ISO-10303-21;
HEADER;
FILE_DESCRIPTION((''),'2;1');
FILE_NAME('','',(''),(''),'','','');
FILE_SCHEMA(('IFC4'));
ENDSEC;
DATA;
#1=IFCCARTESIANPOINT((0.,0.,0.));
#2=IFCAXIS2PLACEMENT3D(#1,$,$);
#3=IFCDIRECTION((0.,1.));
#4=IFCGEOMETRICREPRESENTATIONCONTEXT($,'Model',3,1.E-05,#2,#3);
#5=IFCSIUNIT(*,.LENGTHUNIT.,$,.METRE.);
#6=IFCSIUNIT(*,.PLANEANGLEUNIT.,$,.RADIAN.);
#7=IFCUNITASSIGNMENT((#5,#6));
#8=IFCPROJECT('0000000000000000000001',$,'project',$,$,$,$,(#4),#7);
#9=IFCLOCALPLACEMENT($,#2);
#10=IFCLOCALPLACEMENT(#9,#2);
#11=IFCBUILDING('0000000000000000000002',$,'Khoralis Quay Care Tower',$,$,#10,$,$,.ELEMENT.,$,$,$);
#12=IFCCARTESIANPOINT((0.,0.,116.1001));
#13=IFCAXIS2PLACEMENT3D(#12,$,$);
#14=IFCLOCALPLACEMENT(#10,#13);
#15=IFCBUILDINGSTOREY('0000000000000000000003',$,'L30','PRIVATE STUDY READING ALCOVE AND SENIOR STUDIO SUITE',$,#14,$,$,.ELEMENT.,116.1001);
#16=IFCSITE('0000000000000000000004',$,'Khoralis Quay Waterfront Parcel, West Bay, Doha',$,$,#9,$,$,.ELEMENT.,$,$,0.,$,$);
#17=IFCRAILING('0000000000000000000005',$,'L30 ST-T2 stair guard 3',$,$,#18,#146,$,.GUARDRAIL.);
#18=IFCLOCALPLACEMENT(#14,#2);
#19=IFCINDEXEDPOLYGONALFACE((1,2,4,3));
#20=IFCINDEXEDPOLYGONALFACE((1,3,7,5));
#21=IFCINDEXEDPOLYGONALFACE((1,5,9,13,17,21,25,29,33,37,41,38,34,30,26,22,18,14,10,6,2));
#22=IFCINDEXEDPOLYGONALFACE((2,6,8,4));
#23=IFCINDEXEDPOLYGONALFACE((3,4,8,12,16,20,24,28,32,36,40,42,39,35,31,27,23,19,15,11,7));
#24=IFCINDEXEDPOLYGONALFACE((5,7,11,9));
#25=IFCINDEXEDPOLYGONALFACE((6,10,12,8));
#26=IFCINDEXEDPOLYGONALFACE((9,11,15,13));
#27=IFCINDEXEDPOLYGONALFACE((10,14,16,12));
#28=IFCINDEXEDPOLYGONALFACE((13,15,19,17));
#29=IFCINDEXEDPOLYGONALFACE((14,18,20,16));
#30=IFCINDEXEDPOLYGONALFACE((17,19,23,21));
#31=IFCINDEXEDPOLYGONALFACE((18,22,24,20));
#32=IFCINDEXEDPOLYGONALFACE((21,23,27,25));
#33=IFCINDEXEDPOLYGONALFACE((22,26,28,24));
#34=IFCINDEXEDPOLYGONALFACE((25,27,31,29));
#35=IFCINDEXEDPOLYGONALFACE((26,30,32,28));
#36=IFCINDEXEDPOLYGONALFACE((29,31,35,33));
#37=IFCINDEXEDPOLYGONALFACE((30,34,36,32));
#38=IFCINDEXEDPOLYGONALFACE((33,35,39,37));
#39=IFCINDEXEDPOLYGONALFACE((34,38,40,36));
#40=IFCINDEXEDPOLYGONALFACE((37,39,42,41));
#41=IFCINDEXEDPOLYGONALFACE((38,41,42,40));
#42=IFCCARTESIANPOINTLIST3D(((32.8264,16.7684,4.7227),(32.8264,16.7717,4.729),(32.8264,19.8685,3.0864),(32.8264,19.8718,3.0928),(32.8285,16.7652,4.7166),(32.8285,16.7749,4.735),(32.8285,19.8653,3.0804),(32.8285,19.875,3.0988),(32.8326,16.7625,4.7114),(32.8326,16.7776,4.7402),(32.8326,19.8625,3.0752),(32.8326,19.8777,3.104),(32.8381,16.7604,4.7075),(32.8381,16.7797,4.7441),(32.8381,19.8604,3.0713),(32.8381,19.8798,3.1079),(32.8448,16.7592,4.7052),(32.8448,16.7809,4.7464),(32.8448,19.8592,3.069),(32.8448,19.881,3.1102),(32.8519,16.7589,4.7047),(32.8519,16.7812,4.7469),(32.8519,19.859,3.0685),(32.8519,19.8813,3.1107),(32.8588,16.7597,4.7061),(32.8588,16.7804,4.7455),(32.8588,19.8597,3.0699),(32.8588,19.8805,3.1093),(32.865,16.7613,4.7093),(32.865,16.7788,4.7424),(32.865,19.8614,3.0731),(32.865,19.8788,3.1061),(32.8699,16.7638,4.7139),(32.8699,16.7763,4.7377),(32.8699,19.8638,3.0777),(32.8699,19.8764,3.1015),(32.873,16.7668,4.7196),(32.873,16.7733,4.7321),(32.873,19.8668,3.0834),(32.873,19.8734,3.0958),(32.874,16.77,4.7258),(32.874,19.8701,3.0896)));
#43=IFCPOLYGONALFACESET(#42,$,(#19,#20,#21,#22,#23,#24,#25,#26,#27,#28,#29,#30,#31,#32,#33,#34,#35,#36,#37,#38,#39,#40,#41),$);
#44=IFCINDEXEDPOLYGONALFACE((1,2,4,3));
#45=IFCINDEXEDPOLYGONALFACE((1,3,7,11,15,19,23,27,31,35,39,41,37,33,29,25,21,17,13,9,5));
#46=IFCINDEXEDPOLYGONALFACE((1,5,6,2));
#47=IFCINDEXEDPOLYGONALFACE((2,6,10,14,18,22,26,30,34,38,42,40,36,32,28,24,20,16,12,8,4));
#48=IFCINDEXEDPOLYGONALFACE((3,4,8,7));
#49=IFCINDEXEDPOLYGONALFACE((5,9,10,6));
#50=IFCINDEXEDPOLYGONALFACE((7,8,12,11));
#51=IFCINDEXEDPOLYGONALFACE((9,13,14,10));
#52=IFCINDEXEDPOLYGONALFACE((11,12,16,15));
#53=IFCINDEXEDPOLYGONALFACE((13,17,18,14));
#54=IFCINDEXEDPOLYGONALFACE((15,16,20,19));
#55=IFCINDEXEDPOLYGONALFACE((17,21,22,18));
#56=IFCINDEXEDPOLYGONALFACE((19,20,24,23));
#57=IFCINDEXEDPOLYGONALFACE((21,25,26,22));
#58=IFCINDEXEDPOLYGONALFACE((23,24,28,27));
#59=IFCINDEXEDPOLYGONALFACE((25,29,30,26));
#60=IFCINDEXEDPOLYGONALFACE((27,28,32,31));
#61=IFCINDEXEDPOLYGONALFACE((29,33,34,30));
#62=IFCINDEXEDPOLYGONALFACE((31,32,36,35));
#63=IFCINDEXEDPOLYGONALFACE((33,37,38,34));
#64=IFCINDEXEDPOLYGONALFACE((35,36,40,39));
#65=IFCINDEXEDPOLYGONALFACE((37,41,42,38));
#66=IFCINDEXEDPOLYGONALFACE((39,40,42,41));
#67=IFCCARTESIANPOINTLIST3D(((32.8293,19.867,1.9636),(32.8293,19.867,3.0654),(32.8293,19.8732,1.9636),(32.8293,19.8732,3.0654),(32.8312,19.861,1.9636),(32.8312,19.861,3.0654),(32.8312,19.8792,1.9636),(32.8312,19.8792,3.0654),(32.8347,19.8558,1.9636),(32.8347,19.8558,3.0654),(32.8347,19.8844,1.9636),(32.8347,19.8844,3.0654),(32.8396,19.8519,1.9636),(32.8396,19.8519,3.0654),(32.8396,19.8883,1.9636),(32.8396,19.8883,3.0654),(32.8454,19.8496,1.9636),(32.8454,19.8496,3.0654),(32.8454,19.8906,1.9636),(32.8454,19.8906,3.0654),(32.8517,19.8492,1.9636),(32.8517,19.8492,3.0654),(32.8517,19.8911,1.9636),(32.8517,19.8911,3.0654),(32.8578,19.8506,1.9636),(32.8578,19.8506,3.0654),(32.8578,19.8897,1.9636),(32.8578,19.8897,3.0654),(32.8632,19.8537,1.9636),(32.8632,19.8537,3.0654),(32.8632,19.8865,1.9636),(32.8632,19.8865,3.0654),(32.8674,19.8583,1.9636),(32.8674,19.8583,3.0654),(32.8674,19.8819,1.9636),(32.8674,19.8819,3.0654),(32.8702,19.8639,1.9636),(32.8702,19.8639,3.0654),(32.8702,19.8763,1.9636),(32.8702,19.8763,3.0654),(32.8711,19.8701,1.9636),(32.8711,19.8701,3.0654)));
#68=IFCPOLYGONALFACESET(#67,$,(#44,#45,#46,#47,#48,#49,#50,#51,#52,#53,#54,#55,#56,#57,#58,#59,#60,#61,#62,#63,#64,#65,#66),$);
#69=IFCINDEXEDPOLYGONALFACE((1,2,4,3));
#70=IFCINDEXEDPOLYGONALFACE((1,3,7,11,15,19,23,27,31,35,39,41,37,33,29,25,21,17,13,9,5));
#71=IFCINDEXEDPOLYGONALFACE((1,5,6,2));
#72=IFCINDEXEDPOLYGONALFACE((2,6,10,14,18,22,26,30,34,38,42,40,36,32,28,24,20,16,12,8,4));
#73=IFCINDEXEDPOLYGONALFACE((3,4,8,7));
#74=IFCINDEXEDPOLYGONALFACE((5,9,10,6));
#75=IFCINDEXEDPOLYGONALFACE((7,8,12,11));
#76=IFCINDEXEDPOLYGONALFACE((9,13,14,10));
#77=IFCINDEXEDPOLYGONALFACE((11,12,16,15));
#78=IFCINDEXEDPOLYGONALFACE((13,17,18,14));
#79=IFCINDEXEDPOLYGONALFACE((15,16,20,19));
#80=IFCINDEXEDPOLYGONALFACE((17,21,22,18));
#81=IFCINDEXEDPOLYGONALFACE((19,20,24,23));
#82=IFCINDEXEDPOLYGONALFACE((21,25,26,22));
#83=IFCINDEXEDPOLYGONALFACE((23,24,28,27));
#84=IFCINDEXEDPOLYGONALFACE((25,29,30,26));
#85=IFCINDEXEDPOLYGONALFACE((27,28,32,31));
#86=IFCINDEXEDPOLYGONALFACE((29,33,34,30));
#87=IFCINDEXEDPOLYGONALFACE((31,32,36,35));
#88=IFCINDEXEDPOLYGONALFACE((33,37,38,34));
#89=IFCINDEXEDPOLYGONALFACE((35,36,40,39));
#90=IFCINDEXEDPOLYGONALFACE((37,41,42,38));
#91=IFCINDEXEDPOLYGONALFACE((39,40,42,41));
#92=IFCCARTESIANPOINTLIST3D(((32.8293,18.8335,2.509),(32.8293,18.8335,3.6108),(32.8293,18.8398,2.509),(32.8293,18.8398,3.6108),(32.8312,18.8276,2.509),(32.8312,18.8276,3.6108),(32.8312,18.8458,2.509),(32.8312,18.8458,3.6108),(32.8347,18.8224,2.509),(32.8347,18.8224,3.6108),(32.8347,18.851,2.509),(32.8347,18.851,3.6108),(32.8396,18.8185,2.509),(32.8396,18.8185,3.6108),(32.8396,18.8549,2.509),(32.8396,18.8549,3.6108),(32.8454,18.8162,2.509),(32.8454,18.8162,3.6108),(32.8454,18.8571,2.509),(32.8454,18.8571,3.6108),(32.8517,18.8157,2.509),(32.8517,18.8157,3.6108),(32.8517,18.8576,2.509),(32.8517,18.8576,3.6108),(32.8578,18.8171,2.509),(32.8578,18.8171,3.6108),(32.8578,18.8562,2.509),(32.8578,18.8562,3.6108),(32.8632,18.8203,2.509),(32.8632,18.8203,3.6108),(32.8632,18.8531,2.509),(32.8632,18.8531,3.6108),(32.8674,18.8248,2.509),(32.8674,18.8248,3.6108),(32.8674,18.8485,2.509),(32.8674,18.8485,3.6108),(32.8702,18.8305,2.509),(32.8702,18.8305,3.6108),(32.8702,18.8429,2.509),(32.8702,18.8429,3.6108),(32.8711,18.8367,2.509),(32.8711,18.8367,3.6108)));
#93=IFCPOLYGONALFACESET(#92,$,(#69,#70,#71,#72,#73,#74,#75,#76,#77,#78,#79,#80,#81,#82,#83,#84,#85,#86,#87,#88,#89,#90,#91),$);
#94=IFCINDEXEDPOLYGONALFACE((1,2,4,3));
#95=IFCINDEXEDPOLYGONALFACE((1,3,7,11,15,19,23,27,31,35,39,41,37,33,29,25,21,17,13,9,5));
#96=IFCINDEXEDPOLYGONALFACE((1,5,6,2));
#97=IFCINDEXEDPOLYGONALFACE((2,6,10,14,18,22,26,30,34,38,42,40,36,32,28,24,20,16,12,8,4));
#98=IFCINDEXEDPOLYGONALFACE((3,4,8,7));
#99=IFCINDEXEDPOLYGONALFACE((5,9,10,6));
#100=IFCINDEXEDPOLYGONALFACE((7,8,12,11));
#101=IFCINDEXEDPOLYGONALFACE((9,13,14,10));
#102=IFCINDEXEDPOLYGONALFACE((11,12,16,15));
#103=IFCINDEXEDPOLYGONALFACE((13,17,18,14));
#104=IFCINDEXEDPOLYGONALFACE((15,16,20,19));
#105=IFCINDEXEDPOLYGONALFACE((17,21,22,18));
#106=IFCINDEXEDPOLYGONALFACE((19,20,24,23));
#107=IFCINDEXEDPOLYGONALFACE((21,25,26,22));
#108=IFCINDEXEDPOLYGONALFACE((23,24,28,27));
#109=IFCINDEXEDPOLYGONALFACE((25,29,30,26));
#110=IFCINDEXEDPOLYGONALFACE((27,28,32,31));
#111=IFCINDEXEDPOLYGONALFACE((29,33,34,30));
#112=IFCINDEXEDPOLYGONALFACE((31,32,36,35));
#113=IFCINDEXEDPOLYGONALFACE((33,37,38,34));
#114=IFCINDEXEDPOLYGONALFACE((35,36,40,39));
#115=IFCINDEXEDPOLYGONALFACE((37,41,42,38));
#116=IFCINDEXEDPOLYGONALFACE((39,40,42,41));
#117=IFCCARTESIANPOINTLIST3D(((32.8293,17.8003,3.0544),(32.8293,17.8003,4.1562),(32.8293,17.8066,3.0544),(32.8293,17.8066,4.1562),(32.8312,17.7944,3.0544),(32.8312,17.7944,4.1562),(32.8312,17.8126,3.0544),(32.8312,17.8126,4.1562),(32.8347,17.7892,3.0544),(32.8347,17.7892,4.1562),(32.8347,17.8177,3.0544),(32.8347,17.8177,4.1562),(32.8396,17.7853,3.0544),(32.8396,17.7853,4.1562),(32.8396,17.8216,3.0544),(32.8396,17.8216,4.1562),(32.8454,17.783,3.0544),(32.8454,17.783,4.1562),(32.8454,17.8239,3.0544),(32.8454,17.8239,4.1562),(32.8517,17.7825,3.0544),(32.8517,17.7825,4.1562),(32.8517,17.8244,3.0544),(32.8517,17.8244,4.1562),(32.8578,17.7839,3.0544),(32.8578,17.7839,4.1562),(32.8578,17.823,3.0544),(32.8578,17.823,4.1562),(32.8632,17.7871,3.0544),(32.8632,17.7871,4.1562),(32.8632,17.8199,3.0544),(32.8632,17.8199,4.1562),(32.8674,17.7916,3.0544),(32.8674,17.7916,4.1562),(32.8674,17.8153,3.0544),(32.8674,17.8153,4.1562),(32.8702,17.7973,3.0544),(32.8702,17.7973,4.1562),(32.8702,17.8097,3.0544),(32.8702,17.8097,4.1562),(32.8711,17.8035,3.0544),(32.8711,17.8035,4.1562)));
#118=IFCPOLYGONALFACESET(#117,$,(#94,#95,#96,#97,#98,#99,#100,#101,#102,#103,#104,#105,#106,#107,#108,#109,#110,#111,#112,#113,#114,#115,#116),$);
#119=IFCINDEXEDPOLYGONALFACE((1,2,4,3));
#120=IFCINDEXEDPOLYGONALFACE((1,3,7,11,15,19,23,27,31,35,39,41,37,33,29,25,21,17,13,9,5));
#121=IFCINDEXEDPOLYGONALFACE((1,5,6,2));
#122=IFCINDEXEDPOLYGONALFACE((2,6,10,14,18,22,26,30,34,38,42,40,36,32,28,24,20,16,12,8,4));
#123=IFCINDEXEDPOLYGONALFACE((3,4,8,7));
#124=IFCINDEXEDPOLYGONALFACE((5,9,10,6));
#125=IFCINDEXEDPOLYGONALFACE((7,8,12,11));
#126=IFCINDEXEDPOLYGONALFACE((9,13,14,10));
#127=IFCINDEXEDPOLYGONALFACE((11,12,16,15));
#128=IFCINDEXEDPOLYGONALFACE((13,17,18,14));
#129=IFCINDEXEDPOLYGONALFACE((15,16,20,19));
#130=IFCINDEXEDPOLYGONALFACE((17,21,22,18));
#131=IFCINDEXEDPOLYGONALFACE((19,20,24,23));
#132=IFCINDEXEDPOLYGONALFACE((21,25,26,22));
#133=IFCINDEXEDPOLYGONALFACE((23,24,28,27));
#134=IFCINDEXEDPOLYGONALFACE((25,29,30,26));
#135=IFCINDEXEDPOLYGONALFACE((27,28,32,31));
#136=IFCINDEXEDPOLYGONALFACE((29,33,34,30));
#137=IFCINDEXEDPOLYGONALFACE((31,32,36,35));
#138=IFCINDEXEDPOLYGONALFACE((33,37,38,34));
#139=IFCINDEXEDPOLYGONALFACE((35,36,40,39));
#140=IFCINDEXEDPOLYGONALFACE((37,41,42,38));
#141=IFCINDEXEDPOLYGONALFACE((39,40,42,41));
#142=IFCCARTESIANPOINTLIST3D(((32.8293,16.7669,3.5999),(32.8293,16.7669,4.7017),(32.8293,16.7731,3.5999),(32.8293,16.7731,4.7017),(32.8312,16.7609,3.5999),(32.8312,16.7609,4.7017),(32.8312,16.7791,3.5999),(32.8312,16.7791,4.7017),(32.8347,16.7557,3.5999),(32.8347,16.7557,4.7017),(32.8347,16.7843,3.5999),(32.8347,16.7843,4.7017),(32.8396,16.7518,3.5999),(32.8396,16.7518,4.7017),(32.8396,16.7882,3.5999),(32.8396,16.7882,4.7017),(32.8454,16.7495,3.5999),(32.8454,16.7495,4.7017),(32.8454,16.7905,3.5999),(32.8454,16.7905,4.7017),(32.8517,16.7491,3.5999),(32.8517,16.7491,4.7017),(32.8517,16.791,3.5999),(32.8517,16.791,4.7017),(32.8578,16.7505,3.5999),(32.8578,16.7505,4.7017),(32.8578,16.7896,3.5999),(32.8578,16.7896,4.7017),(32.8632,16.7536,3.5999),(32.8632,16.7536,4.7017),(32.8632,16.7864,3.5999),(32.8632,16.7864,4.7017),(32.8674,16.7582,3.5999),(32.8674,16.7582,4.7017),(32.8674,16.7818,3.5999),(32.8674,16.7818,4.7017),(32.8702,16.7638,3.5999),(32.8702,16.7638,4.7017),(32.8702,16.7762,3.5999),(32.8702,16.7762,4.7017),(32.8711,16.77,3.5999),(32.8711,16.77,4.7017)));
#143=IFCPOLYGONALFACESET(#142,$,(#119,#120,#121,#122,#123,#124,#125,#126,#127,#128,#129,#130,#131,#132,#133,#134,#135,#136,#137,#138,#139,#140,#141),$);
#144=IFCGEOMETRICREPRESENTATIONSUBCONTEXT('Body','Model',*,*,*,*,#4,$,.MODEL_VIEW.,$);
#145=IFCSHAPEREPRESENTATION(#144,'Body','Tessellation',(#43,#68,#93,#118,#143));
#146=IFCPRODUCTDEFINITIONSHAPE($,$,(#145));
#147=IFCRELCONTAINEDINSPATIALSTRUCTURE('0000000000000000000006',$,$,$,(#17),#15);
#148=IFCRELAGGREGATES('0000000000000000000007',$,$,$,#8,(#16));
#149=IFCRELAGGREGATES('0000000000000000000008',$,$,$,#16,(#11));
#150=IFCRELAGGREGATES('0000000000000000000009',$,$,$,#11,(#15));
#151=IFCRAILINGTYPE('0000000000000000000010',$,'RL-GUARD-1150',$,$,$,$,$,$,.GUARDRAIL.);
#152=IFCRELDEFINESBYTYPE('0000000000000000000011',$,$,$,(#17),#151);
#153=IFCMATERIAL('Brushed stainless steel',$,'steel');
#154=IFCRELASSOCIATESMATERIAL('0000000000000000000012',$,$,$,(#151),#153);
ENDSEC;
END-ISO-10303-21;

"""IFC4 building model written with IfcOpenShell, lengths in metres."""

from ifc_helpers import new_model, si_unit, direction, frame, origin, origin_2d, place, context, subcontext, project, spatial, circle, extrude, material, type_object, element, save


model = new_model("IFC4")

# Units and contexts
model_context = context("Model", 3, precision=1e-05, world=origin(), true_north=direction((0.0, 1.0)))
body_context = subcontext(model_context, "Body", "Model", "MODEL_VIEW")
ifc_project = project(units=[si_unit("LENGTHUNIT", "METRE"), si_unit("PLANEANGLEUNIT", "RADIAN")], contexts=[model_context])

# Site, building, storey
site_placement = place(None, origin())
site = spatial("IfcSite", under=ifc_project, at=site_placement, Name="Khoralis Quay Waterfront Parcel, West Bay, Doha", CompositionType="ELEMENT", RefElevation=0.0)
building_placement = place(site_placement, origin())
building = spatial("IfcBuilding", under=site, at=building_placement, Name="Khoralis Quay Care Tower", CompositionType="ELEMENT")
storey_placement = place(building_placement, frame((0.0, 0.0, 116.1001)))
storey = spatial("IfcBuildingStorey", under=building, at=storey_placement, Name="L30", Description="PRIVATE STUDY READING ALCOVE AND SENIOR STUDIO SUITE", CompositionType="ELEMENT", Elevation=116.1001)

# Railing
ifc_material_1 = material(Name="Brushed stainless steel", Category="steel")
railing_type = type_object("IfcRailingType", Name="RL-GUARD-1150", PredefinedType="GUARDRAIL", material=ifc_material_1)
railing_1_placement = place(storey_placement, frame((32.8501, 19.8701, 1.9636)))
element("IfcRailing", 1, at=railing_1_placement, inside=storey, type_object=railing_type, Name="L30 ST-T2 stair guard 3", PredefinedType="GUARDRAIL", context=body_context, shape_type="SweptSolid", body=[
    extrude(circle(Radius=0.0239, at=origin_2d()), frame((0.0, 0.0, 1.126), z_axis=(0.0, -0.884377, 0.466774), x_axis=(1.0, 0.0, 0.0)), (0.0, 0.0, 1.0), 3.5054),
    extrude(circle(Radius=0.021, at=origin_2d()), origin(), (0.0, 0.0, 1.0), 1.1018),
    extrude(circle(Radius=0.021, at=origin_2d()), frame((0.0, -1.0334, 0.5454)), (0.0, 0.0, 1.0), 1.1018),
    extrude(circle(Radius=0.021, at=origin_2d()), frame((0.0, -2.0667, 1.0908)), (0.0, 0.0, 1.0), 1.1018),
    extrude(circle(Radius=0.021, at=origin_2d()), frame((0.0, -3.1001, 1.6362)), (0.0, 0.0, 1.0), 1.1018),
])

save(model, "model.ifc")
